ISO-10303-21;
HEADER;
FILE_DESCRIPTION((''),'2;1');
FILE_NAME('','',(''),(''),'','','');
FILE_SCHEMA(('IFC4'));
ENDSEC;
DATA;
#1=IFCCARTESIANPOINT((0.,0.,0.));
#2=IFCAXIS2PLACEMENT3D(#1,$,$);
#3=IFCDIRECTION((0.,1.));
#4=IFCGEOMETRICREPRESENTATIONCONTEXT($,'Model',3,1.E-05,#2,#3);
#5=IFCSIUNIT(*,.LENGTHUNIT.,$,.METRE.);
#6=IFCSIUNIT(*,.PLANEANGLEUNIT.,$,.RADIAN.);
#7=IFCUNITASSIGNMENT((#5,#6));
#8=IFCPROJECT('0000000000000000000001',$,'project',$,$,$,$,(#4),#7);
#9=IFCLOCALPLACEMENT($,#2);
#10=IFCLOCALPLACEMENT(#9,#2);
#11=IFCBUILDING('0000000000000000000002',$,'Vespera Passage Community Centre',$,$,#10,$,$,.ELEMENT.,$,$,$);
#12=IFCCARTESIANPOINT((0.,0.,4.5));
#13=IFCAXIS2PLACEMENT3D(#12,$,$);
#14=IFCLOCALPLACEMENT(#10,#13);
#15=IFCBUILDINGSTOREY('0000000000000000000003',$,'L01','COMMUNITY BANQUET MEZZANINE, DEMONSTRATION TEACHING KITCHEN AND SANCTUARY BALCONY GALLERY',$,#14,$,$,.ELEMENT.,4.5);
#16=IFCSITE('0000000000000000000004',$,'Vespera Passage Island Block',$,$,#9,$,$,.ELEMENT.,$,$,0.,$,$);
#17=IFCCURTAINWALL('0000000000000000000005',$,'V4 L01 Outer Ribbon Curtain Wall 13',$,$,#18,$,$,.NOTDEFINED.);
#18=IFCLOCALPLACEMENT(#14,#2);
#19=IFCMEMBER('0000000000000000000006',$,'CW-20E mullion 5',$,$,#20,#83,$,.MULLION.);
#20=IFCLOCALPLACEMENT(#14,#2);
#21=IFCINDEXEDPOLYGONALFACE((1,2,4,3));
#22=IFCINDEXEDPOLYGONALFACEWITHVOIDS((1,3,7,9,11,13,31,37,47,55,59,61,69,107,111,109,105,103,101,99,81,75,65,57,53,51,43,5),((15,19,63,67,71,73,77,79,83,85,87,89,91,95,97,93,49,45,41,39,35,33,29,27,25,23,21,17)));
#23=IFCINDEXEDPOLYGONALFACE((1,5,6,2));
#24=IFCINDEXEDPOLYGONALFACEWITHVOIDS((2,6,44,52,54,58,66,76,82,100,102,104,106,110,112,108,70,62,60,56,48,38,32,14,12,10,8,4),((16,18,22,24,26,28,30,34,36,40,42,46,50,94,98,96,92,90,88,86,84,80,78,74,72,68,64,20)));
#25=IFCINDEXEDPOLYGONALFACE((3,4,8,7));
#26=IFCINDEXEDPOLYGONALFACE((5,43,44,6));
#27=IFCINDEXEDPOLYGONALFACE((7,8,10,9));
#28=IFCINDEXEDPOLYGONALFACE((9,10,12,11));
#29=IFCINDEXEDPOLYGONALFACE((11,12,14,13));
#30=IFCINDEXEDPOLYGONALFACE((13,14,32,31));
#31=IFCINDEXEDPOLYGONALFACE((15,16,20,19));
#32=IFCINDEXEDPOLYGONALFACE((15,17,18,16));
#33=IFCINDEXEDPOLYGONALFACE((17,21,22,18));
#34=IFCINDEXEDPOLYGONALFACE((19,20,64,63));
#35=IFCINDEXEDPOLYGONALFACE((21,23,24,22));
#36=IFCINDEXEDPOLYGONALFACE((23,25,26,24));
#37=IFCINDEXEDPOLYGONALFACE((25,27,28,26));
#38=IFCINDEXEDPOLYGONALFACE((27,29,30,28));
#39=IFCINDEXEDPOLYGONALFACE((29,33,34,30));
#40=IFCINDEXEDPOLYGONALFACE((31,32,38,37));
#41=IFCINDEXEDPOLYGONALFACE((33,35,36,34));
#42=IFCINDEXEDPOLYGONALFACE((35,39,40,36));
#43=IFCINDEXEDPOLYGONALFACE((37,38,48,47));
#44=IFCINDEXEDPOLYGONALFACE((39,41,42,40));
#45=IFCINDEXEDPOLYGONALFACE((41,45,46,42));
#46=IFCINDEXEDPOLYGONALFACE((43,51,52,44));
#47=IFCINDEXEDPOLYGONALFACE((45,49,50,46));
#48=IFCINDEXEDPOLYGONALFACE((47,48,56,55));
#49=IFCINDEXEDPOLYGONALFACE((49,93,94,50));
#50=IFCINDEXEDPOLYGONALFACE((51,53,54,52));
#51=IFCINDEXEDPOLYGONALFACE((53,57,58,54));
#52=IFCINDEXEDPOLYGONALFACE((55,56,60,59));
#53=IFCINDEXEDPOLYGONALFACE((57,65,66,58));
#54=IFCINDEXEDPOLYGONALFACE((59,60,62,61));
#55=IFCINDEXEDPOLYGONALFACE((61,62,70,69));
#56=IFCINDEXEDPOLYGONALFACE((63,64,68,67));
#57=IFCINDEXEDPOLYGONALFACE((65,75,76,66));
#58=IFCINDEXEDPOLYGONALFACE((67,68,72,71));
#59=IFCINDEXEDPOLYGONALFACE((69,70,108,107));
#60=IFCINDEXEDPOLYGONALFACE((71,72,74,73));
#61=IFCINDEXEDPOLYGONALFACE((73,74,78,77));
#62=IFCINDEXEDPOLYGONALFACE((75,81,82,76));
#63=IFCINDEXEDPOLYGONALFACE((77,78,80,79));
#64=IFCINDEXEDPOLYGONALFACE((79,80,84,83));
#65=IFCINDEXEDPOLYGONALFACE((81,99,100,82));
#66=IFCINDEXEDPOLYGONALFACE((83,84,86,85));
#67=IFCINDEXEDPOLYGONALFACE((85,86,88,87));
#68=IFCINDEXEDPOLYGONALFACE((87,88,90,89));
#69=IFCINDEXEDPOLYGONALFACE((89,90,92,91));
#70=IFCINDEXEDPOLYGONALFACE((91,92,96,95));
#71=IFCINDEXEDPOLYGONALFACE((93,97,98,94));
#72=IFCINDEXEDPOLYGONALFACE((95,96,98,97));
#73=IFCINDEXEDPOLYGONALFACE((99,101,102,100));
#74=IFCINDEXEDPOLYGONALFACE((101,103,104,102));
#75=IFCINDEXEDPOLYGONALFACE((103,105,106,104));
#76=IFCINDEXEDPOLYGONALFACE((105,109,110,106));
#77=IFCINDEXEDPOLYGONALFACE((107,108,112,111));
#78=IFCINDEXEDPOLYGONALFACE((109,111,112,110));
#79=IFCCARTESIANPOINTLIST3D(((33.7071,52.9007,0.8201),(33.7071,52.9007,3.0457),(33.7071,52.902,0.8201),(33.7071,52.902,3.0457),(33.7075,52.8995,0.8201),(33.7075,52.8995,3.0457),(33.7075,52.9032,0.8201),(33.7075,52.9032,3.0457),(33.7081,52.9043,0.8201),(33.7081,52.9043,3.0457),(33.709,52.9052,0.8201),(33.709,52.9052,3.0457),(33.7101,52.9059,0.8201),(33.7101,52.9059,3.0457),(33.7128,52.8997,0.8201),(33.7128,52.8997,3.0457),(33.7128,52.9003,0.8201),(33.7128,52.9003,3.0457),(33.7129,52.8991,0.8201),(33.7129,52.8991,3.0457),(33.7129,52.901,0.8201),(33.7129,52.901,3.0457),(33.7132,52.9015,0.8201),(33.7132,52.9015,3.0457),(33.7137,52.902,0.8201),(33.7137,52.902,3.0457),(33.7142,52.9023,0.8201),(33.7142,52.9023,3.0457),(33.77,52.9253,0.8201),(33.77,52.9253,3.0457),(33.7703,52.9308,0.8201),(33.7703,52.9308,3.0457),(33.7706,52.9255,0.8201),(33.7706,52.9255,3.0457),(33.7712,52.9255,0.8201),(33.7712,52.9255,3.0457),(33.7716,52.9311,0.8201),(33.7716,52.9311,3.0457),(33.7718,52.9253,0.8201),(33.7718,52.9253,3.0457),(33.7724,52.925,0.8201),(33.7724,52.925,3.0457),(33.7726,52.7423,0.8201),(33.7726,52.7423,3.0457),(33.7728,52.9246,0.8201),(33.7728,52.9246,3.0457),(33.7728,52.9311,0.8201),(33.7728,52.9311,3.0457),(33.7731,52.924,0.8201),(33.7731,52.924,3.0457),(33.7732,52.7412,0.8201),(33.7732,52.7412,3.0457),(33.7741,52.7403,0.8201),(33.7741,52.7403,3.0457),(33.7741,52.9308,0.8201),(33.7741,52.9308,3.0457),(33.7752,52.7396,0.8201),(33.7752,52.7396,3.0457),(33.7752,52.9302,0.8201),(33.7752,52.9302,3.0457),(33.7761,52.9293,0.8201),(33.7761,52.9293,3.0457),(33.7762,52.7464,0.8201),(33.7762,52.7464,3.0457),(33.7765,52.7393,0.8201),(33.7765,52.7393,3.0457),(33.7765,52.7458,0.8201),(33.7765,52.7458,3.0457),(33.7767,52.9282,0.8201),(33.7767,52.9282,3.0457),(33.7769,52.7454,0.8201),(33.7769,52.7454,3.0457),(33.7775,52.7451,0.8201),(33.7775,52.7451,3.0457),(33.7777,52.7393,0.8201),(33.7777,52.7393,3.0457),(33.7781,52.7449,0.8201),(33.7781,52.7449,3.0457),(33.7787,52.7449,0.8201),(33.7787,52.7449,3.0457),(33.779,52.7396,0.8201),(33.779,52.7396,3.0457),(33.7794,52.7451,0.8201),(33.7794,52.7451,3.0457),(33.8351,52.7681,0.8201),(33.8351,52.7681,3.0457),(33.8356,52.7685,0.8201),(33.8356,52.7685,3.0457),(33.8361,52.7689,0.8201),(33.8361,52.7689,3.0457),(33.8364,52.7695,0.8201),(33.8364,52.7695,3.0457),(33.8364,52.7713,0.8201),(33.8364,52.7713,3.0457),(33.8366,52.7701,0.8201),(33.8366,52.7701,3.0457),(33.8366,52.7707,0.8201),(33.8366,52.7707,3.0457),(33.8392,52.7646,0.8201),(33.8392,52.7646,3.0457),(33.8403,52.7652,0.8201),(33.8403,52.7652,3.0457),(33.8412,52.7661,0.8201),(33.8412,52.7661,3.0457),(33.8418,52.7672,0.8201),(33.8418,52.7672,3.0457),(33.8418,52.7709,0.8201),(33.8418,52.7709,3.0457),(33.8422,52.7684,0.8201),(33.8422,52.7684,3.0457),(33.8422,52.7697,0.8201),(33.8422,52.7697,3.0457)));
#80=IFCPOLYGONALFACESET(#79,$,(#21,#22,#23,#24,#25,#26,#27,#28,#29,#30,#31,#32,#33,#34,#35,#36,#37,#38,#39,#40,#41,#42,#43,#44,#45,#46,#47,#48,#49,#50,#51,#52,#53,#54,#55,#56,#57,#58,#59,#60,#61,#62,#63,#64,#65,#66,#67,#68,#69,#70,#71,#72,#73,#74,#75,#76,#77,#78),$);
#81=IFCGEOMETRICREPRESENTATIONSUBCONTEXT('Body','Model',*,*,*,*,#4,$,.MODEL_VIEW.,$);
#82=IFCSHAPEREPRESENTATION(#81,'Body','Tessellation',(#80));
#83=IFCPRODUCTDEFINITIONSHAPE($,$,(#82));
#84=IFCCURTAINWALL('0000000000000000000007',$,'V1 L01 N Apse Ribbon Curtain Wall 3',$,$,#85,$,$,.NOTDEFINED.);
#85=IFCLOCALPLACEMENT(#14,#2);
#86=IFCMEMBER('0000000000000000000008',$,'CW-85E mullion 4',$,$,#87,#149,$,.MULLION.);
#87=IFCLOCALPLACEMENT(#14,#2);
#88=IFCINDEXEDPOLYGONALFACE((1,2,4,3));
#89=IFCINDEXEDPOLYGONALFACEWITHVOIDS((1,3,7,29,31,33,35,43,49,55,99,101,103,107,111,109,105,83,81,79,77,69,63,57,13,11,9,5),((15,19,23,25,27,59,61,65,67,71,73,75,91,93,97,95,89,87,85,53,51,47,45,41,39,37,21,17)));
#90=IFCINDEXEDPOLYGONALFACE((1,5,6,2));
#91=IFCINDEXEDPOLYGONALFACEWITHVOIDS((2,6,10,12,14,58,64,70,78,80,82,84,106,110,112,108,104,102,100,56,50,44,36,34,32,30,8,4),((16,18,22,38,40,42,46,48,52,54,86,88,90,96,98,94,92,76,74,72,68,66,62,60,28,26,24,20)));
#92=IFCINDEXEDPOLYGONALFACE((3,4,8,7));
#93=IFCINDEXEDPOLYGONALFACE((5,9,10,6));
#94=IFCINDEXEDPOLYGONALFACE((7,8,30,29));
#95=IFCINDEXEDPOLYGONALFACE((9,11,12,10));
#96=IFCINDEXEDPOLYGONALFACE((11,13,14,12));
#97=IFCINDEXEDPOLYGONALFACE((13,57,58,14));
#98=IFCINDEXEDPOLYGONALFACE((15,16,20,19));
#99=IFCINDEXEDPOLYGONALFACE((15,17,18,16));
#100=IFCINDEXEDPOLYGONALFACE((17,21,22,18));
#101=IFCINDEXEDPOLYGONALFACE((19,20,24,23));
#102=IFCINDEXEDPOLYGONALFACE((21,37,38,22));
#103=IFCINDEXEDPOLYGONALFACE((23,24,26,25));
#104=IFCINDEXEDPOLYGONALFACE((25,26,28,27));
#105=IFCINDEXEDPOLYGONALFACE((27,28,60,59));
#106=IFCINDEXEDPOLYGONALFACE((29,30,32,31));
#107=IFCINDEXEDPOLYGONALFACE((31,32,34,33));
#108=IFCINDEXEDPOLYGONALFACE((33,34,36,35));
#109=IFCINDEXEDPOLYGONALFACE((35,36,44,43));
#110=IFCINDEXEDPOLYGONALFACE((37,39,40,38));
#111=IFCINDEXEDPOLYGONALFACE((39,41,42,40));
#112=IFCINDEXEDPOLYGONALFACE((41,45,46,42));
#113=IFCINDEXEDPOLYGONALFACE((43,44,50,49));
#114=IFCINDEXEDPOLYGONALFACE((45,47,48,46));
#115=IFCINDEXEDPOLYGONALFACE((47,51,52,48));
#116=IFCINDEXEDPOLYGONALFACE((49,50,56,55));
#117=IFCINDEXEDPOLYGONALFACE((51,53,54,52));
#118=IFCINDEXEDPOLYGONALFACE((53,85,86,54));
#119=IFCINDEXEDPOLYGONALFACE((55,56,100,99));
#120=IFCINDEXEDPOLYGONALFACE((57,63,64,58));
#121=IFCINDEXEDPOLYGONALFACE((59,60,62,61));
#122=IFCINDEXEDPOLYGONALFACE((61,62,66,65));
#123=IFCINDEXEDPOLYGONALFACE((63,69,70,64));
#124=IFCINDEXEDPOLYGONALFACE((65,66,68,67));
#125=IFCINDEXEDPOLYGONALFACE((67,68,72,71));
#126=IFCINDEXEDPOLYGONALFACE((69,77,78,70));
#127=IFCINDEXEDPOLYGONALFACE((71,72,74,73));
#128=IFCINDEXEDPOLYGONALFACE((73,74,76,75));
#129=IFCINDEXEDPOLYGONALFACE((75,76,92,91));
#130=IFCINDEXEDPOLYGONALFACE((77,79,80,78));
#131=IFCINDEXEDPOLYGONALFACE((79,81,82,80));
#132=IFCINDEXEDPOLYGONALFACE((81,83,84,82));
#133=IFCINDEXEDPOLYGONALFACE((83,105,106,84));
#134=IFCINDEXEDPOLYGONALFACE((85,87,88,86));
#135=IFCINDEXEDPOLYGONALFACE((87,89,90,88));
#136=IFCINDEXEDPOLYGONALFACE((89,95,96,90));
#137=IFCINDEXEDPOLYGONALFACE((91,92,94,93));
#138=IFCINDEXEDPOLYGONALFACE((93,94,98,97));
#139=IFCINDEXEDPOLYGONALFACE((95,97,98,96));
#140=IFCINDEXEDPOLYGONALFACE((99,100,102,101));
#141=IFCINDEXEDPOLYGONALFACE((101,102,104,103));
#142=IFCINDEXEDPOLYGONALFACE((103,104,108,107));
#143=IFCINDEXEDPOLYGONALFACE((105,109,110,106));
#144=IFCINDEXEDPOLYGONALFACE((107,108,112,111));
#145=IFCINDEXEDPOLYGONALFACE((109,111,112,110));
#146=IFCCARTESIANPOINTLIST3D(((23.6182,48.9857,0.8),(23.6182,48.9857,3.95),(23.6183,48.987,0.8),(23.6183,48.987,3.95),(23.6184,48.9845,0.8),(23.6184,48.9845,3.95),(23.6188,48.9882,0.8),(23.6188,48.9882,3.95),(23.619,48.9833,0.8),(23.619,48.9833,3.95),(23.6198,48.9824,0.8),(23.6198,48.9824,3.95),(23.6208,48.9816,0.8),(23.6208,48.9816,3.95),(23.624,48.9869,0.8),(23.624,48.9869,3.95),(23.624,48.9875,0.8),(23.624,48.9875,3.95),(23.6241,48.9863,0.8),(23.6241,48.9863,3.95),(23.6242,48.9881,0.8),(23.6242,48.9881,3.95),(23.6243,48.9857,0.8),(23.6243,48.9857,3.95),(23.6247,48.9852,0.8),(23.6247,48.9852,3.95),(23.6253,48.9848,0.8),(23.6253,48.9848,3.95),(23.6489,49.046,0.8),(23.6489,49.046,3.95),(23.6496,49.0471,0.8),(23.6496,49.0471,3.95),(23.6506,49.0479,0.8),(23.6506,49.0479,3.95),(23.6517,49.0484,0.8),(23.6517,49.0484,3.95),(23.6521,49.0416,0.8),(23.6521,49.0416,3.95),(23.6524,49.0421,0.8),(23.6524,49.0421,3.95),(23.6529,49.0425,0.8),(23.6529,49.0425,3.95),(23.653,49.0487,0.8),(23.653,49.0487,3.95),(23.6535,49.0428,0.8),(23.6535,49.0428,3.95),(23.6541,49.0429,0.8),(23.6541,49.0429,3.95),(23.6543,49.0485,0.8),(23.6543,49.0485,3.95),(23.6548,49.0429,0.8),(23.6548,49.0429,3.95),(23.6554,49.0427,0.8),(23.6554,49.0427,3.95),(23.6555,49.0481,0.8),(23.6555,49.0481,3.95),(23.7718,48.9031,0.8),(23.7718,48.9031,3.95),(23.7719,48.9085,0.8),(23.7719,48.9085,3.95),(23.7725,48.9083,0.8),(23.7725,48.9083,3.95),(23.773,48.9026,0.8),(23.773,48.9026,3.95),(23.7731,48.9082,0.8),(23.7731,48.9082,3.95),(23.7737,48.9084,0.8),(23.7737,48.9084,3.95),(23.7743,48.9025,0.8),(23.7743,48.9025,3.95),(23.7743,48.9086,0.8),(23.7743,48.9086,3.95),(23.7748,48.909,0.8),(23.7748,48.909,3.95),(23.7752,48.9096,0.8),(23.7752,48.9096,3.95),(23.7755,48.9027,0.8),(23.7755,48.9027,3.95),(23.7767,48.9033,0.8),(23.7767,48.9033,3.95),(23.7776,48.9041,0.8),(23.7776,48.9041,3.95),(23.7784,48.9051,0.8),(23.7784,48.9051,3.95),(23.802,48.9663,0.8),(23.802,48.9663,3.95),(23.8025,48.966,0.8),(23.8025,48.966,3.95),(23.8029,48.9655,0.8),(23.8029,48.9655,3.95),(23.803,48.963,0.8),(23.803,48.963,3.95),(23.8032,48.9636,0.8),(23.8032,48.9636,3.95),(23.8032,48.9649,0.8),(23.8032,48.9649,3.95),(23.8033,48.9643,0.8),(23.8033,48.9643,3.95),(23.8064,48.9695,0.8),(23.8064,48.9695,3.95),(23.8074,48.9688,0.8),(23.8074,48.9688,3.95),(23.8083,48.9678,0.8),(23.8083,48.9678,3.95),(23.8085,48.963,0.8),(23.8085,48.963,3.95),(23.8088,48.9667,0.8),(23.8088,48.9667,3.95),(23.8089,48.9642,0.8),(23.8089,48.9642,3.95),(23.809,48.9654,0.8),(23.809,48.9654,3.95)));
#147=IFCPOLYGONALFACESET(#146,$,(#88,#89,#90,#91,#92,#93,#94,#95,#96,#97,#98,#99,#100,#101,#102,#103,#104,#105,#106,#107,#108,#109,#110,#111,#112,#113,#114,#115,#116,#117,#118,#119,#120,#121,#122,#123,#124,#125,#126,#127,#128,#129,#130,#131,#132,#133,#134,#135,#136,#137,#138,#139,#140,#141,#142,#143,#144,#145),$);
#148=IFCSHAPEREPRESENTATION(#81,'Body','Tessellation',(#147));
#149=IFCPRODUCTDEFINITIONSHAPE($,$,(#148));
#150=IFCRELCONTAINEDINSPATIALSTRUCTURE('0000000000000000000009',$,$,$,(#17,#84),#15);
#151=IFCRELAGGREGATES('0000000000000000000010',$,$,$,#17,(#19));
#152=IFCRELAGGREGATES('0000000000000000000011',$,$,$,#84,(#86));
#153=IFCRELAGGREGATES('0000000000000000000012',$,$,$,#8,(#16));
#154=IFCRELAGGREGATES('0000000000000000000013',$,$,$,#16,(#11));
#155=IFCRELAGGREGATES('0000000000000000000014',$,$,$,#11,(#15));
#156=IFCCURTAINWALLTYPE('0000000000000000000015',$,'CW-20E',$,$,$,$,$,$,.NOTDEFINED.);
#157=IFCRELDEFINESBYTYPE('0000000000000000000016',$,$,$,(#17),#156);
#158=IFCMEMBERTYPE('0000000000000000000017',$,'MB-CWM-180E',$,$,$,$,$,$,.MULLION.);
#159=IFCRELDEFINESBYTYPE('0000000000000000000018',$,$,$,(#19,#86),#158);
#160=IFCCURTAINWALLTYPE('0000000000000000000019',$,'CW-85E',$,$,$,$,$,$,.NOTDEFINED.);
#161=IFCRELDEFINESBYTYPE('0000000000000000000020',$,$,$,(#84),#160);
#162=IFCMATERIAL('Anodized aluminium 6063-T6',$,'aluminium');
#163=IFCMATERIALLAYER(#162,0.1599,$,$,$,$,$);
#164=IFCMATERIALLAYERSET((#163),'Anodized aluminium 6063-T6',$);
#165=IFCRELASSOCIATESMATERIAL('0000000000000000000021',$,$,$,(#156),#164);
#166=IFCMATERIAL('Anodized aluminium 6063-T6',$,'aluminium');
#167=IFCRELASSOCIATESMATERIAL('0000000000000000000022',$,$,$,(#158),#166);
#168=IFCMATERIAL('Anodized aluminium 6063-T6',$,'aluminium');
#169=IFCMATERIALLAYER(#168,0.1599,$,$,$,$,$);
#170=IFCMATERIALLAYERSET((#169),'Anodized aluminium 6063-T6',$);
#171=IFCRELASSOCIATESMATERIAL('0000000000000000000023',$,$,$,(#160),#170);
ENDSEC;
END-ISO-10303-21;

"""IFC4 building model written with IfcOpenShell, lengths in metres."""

from ifc_helpers import new_model, si_unit, direction, frame, origin, origin_2d, place, context, subcontext, project, spatial, hollow_rectangle, extrude, material, layer, layer_set, material_profile, profile_set, type_object, element, aggregate, save


model = new_model("IFC4")

# Units and contexts
model_context = context("Model", 3, precision=1e-05, world=origin(), true_north=direction((0.0, 1.0)))
body_context = subcontext(model_context, "Body", "Model", "MODEL_VIEW")
ifc_project = project(units=[si_unit("LENGTHUNIT", "METRE"), si_unit("PLANEANGLEUNIT", "RADIAN")], contexts=[model_context])

# Site, building, storey
site_placement = place(None, origin())
site = spatial("IfcSite", under=ifc_project, at=site_placement, Name="Vespera Passage Island Block", CompositionType="ELEMENT", RefElevation=0.0)
building_placement = place(site_placement, origin())
building = spatial("IfcBuilding", under=site, at=building_placement, Name="Vespera Passage Community Centre", CompositionType="ELEMENT")
storey_placement = place(building_placement, frame((0.0, 0.0, 4.5)))
storey = spatial("IfcBuildingStorey", under=building, at=storey_placement, Name="L01", Description="COMMUNITY BANQUET MEZZANINE, DEMONSTRATION TEACHING KITCHEN AND SANCTUARY BALCONY GALLERY", CompositionType="ELEMENT", Elevation=4.5)

# Curtain wall, member
ifc_material_1 = material(Name="Anodized aluminium 6063-T6", Category="aluminium")
ifc_layer_1 = layer(ifc_material_1, 0.1599)
ifc_layer_set_1 = layer_set([ifc_layer_1], Name="Anodized aluminium 6063-T6")
curtain_wall_type_1 = type_object("IfcCurtainWallType", Name="CW-20E", PredefinedType="NOTDEFINED", material=ifc_layer_set_1)
curtain_wall_1_placement = place(storey_placement, origin())
curtain_wall_1 = element("IfcCurtainWall", 1, at=curtain_wall_1_placement, inside=storey, type_object=curtain_wall_type_1, Name="V4 L01 Outer Ribbon Curtain Wall 13", PredefinedType="NOTDEFINED")
ifc_material_2 = material(Name="Anodized aluminium 6063-T6", Category="aluminium")
ifc_material_profile_1 = material_profile(ifc_material_2, hollow_rectangle(XDim=0.075, YDim=0.1799, WallThickness=0.0049, InnerFilletRadius=0.0024, OuterFilletRadius=0.0049, at=origin_2d()), Name="ALU180X75X5")
ifc_profile_set_1 = profile_set([ifc_material_profile_1], Name="Anodized aluminium 6063-T6")
member_type_1 = type_object("IfcMemberType", Name="MB-CWM-180E", PredefinedType="MULLION", material=ifc_profile_set_1)
member_1_placement = place(storey_placement, frame((33.7747, 52.8352, 0.8201), z_axis=(0.0, 0.0, 1.0), x_axis=(-0.923881, -0.382679, 0.0)))
member_1 = element("IfcMember", 2, at=member_1_placement, type_object=member_type_1, Name="CW-20E mullion 5", PredefinedType="MULLION", context=body_context, shape_type="SweptSolid", body=[
    extrude(hollow_rectangle(XDim=0.075, YDim=0.1799, WallThickness=0.0049, InnerFilletRadius=0.0024, OuterFilletRadius=0.0049, at=origin_2d()), origin(), (0.0, 0.0, 1.0), 2.2256),
])

# Curtain wall, member
ifc_material_3 = material(Name="Anodized aluminium 6063-T6", Category="aluminium")
ifc_layer_2 = layer(ifc_material_3, 0.1599)
ifc_layer_set_2 = layer_set([ifc_layer_2], Name="Anodized aluminium 6063-T6")
curtain_wall_type_2 = type_object("IfcCurtainWallType", Name="CW-85E", PredefinedType="NOTDEFINED", material=ifc_layer_set_2)
curtain_wall_2_placement = place(storey_placement, origin())
curtain_wall_2 = element("IfcCurtainWall", 3, at=curtain_wall_2_placement, inside=storey, type_object=curtain_wall_type_2, Name="V1 L01 N Apse Ribbon Curtain Wall 3", PredefinedType="NOTDEFINED")
member_2_placement = place(storey_placement, frame((23.7136, 48.9756, 0.8), z_axis=(0.0, 0.0, 1.0), x_axis=(0.461745, 0.887013, 0.0)))
member_2 = element("IfcMember", 4, at=member_2_placement, type_object=member_type_1, Name="CW-85E mullion 4", PredefinedType="MULLION", context=body_context, shape_type="SweptSolid", body=[
    extrude(hollow_rectangle(XDim=0.075, YDim=0.1799, WallThickness=0.0049, InnerFilletRadius=0.0024, OuterFilletRadius=0.0049, at=origin_2d()), origin(), (0.0, 0.0, 1.0), 3.1499),
])

aggregate(curtain_wall_1, [member_1])
aggregate(curtain_wall_2, [member_2])

save(model, "model.ifc")
